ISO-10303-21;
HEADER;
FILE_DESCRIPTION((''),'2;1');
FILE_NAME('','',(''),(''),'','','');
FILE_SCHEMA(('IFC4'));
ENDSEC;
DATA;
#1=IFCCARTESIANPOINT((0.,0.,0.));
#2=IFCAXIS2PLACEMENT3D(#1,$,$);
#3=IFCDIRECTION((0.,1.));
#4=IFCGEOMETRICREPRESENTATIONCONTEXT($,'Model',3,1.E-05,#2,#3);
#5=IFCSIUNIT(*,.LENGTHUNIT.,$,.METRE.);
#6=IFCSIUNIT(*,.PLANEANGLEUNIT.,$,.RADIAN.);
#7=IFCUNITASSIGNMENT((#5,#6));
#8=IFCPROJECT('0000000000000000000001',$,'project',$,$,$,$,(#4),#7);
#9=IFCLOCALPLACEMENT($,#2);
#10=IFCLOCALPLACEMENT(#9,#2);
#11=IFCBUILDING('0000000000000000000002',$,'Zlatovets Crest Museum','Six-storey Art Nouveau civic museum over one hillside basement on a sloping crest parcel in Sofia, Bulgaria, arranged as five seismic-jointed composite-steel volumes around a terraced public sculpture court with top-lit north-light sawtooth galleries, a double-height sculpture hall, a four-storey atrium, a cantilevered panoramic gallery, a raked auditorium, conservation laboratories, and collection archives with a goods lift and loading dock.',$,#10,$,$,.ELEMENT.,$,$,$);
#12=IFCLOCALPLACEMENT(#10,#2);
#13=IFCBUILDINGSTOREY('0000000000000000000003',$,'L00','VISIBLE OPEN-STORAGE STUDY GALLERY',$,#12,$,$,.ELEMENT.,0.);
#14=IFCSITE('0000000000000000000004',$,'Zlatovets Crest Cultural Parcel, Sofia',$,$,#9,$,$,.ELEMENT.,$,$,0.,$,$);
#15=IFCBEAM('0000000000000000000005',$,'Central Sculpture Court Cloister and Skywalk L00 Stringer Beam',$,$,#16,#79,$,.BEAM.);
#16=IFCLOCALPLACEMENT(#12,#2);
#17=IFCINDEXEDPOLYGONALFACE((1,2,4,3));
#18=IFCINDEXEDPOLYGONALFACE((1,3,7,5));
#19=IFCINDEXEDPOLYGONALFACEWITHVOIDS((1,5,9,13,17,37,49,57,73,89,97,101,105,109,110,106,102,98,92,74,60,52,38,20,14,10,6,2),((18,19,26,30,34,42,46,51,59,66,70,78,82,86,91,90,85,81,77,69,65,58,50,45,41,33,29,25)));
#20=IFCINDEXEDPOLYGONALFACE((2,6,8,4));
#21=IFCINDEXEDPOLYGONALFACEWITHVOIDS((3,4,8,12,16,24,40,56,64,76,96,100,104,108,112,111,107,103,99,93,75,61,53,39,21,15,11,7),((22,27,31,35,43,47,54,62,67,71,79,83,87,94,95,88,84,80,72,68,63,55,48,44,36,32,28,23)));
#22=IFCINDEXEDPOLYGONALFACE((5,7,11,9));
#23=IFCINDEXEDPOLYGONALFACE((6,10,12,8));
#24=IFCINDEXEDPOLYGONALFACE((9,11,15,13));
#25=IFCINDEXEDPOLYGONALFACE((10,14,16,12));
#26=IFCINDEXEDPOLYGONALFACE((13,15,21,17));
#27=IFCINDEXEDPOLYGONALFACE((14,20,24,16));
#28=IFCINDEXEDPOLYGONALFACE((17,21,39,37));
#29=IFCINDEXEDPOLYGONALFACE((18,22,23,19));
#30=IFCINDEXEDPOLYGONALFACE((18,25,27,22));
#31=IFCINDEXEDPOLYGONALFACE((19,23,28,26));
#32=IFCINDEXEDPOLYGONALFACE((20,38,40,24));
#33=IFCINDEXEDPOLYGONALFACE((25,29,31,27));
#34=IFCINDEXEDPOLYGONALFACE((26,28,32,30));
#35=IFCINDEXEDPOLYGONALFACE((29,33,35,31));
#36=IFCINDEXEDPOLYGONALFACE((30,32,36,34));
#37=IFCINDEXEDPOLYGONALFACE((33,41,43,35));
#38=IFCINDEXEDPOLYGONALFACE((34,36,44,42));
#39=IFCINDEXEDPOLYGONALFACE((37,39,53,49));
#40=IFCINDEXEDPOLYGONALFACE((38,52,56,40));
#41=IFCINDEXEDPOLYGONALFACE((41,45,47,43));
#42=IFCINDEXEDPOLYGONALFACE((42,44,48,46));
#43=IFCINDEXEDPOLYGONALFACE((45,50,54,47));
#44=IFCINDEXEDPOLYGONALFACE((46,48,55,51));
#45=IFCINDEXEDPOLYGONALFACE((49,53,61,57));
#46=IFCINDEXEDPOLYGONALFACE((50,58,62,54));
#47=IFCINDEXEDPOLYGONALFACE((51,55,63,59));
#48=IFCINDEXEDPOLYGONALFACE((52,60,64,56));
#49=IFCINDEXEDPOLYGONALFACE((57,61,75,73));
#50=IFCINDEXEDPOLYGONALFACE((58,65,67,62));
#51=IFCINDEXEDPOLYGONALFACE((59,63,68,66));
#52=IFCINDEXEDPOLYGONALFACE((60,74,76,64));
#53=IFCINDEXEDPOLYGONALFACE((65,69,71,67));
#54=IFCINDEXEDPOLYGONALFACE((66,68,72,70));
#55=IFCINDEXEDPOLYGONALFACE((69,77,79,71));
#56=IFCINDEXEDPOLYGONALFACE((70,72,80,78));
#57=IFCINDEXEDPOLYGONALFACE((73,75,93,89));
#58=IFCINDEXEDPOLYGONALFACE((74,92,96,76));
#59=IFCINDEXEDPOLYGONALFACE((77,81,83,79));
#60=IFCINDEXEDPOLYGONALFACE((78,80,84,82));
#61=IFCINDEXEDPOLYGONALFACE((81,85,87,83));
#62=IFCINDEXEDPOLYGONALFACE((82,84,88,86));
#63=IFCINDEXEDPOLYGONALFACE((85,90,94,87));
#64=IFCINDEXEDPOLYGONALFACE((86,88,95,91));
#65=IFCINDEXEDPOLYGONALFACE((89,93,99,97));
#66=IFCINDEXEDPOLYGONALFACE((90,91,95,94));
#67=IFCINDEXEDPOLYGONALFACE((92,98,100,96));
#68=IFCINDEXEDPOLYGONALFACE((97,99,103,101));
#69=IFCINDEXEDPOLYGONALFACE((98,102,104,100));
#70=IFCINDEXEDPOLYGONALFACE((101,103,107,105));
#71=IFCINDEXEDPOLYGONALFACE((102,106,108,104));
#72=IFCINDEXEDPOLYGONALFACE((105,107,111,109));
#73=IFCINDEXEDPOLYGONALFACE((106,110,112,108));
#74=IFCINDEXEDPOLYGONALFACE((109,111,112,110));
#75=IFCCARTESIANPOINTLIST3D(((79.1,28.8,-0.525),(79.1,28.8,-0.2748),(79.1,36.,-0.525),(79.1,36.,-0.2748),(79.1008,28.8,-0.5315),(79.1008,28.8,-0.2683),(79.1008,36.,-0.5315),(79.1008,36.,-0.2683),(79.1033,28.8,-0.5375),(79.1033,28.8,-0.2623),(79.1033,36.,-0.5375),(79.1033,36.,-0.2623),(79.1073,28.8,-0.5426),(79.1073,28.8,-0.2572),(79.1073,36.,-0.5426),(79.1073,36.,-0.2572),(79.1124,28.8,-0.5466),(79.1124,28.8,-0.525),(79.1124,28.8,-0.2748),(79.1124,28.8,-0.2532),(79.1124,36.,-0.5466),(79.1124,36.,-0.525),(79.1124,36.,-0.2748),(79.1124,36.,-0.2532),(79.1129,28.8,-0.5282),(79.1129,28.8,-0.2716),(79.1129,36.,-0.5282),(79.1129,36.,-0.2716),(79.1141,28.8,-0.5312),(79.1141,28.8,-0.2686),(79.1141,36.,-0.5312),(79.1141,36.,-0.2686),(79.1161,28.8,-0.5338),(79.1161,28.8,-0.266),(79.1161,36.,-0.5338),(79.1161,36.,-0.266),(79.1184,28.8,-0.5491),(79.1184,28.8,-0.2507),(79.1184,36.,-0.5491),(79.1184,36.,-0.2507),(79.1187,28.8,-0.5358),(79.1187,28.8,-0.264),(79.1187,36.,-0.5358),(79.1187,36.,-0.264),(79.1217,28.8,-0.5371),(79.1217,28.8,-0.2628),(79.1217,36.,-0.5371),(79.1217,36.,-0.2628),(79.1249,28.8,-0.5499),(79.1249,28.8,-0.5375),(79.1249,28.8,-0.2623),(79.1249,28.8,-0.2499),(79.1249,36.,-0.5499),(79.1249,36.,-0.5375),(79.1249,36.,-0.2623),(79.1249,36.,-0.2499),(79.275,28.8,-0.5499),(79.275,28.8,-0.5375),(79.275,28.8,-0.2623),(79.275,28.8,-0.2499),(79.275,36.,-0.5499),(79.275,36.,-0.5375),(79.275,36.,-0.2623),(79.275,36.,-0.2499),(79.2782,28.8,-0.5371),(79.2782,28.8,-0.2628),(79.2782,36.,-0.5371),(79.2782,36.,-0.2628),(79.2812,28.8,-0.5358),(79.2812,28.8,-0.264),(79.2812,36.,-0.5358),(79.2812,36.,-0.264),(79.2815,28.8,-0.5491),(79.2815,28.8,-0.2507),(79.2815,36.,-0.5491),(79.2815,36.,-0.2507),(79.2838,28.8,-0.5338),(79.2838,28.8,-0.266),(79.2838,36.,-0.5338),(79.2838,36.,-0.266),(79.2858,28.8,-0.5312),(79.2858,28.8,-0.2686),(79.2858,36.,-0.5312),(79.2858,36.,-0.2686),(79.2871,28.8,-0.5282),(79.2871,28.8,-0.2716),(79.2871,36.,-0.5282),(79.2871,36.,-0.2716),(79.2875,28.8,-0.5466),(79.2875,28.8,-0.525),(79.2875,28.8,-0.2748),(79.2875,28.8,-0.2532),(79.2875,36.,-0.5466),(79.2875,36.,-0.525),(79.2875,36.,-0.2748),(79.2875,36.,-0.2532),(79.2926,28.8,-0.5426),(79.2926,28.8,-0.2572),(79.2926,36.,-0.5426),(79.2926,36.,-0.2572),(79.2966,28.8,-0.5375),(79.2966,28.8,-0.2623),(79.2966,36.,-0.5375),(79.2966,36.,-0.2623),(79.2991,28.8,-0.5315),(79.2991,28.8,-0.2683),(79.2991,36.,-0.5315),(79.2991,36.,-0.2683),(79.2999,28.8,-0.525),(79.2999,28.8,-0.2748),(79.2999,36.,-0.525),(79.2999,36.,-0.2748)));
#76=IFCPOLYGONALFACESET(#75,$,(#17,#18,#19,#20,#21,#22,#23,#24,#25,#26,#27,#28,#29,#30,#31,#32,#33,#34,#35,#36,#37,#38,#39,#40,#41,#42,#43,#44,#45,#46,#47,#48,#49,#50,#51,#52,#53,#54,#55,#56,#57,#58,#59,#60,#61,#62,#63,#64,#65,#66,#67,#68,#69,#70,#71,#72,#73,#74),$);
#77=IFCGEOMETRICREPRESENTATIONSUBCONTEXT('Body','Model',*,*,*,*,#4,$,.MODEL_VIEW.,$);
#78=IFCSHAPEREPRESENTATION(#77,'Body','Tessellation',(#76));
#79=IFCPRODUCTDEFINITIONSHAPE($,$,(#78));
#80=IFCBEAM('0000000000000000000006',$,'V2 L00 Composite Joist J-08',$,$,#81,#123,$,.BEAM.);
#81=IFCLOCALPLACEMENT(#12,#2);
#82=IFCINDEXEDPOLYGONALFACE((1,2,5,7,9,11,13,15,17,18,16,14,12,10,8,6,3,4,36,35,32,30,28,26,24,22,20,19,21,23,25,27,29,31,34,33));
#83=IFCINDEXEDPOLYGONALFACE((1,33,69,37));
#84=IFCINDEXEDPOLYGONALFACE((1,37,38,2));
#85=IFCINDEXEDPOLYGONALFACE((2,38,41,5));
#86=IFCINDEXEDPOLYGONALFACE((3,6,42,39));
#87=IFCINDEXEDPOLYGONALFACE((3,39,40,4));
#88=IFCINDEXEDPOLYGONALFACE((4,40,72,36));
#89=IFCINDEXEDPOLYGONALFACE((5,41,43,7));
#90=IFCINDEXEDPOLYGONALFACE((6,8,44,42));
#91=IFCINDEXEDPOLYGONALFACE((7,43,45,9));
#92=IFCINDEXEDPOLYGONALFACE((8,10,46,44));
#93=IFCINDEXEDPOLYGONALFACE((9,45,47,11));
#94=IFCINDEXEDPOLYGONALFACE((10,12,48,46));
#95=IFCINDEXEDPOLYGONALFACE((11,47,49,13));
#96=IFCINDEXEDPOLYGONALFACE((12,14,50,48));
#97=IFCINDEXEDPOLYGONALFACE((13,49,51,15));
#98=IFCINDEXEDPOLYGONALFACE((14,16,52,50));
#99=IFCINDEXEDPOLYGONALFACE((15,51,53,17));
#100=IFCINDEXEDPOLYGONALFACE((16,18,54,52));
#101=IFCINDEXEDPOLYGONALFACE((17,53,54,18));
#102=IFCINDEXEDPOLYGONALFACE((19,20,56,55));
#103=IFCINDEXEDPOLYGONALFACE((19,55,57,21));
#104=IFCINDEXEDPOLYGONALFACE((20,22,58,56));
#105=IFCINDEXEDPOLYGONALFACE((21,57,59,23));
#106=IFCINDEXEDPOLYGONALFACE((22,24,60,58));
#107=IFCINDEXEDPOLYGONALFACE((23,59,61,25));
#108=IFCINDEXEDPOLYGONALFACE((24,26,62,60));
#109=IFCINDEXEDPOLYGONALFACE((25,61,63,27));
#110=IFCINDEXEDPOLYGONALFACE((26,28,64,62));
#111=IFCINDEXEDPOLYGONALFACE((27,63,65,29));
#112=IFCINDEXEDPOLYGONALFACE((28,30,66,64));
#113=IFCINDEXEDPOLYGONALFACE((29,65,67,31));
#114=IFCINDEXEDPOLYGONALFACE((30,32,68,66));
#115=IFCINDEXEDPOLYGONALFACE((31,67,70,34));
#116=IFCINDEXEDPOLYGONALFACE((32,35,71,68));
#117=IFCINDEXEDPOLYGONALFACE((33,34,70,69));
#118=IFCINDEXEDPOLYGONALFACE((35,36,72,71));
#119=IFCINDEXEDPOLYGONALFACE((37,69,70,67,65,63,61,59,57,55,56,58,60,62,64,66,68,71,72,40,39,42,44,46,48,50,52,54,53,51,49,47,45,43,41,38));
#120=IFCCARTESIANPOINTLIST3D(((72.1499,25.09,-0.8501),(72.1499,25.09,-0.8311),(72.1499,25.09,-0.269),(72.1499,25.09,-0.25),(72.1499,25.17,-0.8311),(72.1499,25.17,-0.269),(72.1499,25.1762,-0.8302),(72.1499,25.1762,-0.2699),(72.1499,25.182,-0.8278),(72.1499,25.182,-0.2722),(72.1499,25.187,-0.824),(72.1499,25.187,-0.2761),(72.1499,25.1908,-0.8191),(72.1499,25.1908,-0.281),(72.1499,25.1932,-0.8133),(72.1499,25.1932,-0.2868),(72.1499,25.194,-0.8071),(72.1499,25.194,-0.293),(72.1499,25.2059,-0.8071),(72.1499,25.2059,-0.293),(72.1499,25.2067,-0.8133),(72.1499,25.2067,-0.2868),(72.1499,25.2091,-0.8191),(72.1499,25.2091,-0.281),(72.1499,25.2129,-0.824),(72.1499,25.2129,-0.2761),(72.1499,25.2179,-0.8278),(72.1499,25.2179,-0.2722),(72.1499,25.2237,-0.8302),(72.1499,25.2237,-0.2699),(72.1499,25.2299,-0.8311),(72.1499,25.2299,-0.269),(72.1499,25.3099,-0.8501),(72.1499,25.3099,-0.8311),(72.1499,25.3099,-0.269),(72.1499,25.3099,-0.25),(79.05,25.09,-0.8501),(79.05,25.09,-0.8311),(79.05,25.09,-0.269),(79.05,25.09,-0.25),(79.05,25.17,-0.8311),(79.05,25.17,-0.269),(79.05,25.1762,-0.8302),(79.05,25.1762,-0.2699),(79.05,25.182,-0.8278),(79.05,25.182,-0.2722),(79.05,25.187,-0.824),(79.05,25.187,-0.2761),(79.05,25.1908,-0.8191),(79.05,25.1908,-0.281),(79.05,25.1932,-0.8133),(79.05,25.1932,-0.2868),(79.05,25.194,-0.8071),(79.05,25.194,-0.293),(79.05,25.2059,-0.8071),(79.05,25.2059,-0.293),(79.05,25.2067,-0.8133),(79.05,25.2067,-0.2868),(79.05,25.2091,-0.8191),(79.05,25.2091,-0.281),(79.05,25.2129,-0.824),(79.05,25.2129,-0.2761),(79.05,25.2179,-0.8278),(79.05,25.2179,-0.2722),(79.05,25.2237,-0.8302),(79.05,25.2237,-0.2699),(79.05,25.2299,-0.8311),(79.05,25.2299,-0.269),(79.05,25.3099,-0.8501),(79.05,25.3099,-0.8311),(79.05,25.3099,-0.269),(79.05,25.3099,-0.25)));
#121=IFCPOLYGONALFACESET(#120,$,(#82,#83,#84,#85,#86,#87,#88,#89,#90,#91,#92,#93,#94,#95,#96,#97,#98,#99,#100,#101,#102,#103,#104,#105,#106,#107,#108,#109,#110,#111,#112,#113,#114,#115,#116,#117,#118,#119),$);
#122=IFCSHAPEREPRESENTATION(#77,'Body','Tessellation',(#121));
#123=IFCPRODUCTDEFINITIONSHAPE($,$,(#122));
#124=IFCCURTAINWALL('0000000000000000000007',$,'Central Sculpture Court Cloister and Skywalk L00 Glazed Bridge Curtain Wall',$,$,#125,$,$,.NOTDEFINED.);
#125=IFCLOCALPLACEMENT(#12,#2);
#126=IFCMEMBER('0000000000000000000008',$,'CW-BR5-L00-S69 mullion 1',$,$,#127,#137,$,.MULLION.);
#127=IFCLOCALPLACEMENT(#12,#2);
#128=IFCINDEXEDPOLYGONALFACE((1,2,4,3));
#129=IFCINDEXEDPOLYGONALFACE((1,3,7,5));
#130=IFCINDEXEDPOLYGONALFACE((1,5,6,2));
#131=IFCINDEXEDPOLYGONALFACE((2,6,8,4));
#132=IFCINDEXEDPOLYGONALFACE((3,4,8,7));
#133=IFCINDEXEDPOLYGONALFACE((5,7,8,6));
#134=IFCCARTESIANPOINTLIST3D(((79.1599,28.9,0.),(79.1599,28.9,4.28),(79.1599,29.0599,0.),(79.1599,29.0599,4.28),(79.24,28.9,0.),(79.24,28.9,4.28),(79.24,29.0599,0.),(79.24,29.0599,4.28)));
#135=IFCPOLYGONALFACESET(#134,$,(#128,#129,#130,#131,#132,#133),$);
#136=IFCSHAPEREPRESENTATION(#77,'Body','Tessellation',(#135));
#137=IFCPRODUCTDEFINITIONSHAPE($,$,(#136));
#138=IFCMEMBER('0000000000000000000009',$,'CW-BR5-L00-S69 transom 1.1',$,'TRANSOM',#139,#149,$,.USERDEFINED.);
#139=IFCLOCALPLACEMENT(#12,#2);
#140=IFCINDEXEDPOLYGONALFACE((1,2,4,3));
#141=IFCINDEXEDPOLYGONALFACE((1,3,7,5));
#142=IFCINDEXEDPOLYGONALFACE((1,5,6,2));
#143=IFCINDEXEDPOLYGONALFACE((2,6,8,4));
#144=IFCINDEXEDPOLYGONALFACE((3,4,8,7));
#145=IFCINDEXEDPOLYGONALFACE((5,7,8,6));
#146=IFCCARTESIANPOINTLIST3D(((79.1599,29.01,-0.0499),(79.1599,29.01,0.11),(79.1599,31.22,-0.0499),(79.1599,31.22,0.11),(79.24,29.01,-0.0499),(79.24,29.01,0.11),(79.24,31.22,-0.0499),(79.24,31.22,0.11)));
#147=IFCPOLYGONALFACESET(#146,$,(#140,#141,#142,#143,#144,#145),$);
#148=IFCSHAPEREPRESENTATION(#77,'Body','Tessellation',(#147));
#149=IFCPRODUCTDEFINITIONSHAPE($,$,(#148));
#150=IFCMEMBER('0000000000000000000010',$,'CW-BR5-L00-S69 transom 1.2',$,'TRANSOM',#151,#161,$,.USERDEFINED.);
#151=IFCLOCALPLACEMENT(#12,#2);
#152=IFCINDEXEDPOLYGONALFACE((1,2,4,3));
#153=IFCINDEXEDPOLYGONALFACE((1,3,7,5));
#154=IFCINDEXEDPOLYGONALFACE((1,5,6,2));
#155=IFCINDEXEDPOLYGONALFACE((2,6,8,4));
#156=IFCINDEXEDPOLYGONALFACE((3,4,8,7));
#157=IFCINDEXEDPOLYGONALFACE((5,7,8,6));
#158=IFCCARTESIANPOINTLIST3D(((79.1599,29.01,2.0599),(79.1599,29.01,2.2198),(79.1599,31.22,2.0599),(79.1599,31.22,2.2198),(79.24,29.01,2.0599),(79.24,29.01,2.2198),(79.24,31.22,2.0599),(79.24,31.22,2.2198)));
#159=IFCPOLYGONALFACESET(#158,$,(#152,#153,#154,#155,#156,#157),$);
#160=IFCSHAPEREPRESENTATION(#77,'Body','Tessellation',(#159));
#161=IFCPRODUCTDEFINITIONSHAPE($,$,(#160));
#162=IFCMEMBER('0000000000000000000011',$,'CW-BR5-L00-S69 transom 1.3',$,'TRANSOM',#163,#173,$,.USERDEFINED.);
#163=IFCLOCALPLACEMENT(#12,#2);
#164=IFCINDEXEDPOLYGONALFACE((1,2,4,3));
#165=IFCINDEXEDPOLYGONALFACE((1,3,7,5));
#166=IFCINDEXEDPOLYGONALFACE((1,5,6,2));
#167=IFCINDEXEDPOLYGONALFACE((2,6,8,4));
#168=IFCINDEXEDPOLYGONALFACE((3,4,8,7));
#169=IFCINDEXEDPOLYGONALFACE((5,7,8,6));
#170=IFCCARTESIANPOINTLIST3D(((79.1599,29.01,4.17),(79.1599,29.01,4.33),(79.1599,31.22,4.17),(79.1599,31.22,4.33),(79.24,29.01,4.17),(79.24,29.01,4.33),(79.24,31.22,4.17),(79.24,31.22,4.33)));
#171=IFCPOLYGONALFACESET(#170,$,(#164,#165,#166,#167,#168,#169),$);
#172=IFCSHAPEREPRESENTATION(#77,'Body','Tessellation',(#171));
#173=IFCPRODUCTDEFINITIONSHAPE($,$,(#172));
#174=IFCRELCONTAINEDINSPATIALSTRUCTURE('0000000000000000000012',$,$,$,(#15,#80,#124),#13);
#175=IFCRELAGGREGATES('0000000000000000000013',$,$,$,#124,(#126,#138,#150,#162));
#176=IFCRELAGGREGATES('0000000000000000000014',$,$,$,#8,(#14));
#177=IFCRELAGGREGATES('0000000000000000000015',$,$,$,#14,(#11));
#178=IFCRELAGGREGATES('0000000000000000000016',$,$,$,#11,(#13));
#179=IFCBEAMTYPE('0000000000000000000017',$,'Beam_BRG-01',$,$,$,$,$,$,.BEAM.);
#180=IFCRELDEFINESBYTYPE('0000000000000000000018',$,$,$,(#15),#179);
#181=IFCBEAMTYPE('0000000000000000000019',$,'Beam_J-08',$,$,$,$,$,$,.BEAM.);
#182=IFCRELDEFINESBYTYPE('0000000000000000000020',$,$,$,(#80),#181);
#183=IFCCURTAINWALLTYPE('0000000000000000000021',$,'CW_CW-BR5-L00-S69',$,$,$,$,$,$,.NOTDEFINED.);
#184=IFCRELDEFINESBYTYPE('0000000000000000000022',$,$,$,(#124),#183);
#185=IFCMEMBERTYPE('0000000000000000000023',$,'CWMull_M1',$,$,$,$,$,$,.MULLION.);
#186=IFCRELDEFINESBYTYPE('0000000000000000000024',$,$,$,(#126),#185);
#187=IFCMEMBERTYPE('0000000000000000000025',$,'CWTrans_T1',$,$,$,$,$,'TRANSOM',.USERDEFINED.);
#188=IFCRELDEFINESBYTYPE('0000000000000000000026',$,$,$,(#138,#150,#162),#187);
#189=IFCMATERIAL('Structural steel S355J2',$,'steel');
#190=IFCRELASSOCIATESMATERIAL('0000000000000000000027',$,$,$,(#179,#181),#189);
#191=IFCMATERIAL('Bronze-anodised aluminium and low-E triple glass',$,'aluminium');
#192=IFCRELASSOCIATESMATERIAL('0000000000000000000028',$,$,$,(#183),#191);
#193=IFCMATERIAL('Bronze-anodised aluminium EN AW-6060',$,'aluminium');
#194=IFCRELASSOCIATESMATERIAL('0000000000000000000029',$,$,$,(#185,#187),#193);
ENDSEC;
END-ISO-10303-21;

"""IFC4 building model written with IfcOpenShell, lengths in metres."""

from ifc_helpers import new_model, si_unit, direction, frame, origin, origin_2d, place, context, subcontext, project, spatial, rectangle, hollow_rectangle, i_section, extrude, material, material_profile, profile_set, type_object, element, aggregate, save


model = new_model("IFC4")

# Units and contexts
model_context = context("Model", 3, precision=1e-05, world=origin(), true_north=direction((0.0, 1.0)))
body_context = subcontext(model_context, "Body", "Model", "MODEL_VIEW")
ifc_project = project(units=[si_unit("LENGTHUNIT", "METRE"), si_unit("PLANEANGLEUNIT", "RADIAN")], contexts=[model_context])

# Site, building, storey
site_placement = place(None, origin())
site = spatial("IfcSite", under=ifc_project, at=site_placement, Name="Zlatovets Crest Cultural Parcel, Sofia", CompositionType="ELEMENT", RefElevation=0.0)
building_placement = place(site_placement, origin())
building = spatial("IfcBuilding", under=site, at=building_placement, Name="Zlatovets Crest Museum", Description="Six-storey Art Nouveau civic museum over one hillside basement on a sloping crest parcel in Sofia, Bulgaria, arranged as five seismic-jointed composite-steel volumes around a terraced public sculpture court with top-lit north-light sawtooth galleries, a double-height sculpture hall, a four-storey atrium, a cantilevered panoramic gallery, a raked auditorium, conservation laboratories, and collection archives with a goods lift and loading dock.", CompositionType="ELEMENT")
storey_placement = place(building_placement, origin())
storey = spatial("IfcBuildingStorey", under=building, at=storey_placement, Name="L00", Description="VISIBLE OPEN-STORAGE STUDY GALLERY", CompositionType="ELEMENT", Elevation=0.0)

# Shared definitions
ifc_material_1 = material(Name="Structural steel S355J2", Category="steel")

# Beams
ifc_material_profile_1 = material_profile(ifc_material_1, hollow_rectangle(XDim=0.2, YDim=0.3, WallThickness=0.0125, InnerFilletRadius=0.0125, OuterFilletRadius=0.0249, at=origin_2d()), Name="RHS 200x300x12.5")
ifc_profile_set_1 = profile_set([ifc_material_profile_1], Name="Structural steel S355J2")
beam_type_1 = type_object("IfcBeamType", Name="Beam_BRG-01", PredefinedType="BEAM", material=ifc_profile_set_1)
beam_1_placement = place(storey_placement, frame((79.2, 28.8, -0.3999), z_axis=(0.0, 1.0, 0.0), x_axis=(-1.0, 0.0, 0.0)))
element("IfcBeam", 1, at=beam_1_placement, inside=storey, type_object=beam_type_1, Name="Central Sculpture Court Cloister and Skywalk L00 Stringer Beam", PredefinedType="BEAM", context=body_context, shape_type="SweptSolid", body=[
    extrude(hollow_rectangle(XDim=0.2, YDim=0.3, WallThickness=0.0125, InnerFilletRadius=0.0125, OuterFilletRadius=0.0249, at=origin_2d()), origin(), (0.0, 0.0, 1.0), 7.2),
])
ifc_material_profile_2 = material_profile(ifc_material_1, i_section(OverallWidth=0.22, OverallDepth=0.6001, WebThickness=0.012, FlangeThickness=0.019, FilletRadius=0.0239, at=origin_2d()), Name="IPE 600")
ifc_profile_set_2 = profile_set([ifc_material_profile_2], Name="Structural steel S355J2")
beam_type_2 = type_object("IfcBeamType", Name="Beam_J-08", PredefinedType="BEAM", material=ifc_profile_set_2)
beam_2_placement = place(storey_placement, frame((72.1499, 25.2, -0.55), z_axis=(1.0, 0.0, 0.0), x_axis=(0.0, 1.0, 0.0)))
element("IfcBeam", 2, at=beam_2_placement, inside=storey, type_object=beam_type_2, Name="V2 L00 Composite Joist J-08", PredefinedType="BEAM", context=body_context, shape_type="SweptSolid", body=[
    extrude(i_section(OverallWidth=0.22, OverallDepth=0.6001, WebThickness=0.012, FlangeThickness=0.019, FilletRadius=0.0239, at=origin_2d()), origin(), (0.0, 0.0, 1.0), 6.9001),
])

# Curtain wall, members
ifc_material_2 = material(Name="Bronze-anodised aluminium and low-E triple glass", Category="aluminium")
curtain_wall_type = type_object("IfcCurtainWallType", Name="CW_CW-BR5-L00-S69", PredefinedType="NOTDEFINED", material=ifc_material_2)
curtain_wall_placement = place(storey_placement, origin())
curtain_wall = element("IfcCurtainWall", 3, at=curtain_wall_placement, inside=storey, type_object=curtain_wall_type, Name="Central Sculpture Court Cloister and Skywalk L00 Glazed Bridge Curtain Wall", PredefinedType="NOTDEFINED")
ifc_material_3 = material(Name="Bronze-anodised aluminium EN AW-6060", Category="aluminium")
ifc_material_profile_3 = material_profile(ifc_material_3, rectangle(XDim=0.0801, YDim=0.1599, at=origin_2d()), Name="ALU 80x160")
ifc_profile_set_3 = profile_set([ifc_material_profile_3], Name="Bronze-anodised aluminium EN AW-6060")
member_type_1 = type_object("IfcMemberType", Name="CWMull_M1", PredefinedType="MULLION", material=ifc_profile_set_3)
member_1_placement = place(storey_placement, frame((79.2, 28.98, 0.0), z_axis=(0.0, 0.0, 1.0), x_axis=(-1.0, 0.0, 0.0)))
member_1 = element("IfcMember", 4, at=member_1_placement, type_object=member_type_1, Name="CW-BR5-L00-S69 mullion 1", PredefinedType="MULLION", context=body_context, shape_type="SweptSolid", body=[
    extrude(rectangle(XDim=0.0801, YDim=0.1599, at=origin_2d()), origin(), (0.0, 0.0, 1.0), 4.28),
])
ifc_material_profile_4 = material_profile(ifc_material_3, rectangle(XDim=0.0801, YDim=0.1599, at=origin_2d()), Name="ALU 80x160")
ifc_profile_set_4 = profile_set([ifc_material_profile_4], Name="Bronze-anodised aluminium EN AW-6060")
member_type_2 = type_object("IfcMemberType", Name="CWTrans_T1", ElementType="TRANSOM", PredefinedType="USERDEFINED", material=ifc_profile_set_4)
member_2_placement = place(storey_placement, frame((79.2, 29.01, 0.03), z_axis=(0.0, 1.0, 0.0), x_axis=(-1.0, 0.0, 0.0)))
member_2 = element("IfcMember", 5, at=member_2_placement, type_object=member_type_2, Name="CW-BR5-L00-S69 transom 1.1", ObjectType="TRANSOM", PredefinedType="USERDEFINED", context=body_context, shape_type="SweptSolid", body=[
    extrude(rectangle(XDim=0.0801, YDim=0.1599, at=origin_2d()), origin(), (0.0, 0.0, 1.0), 2.21),
])
member_3_placement = place(storey_placement, frame((79.2, 29.01, 2.1399), z_axis=(0.0, 1.0, 0.0), x_axis=(-1.0, 0.0, 0.0)))
member_3 = element("IfcMember", 6, at=member_3_placement, type_object=member_type_2, Name="CW-BR5-L00-S69 transom 1.2", ObjectType="TRANSOM", PredefinedType="USERDEFINED", context=body_context, shape_type="SweptSolid", body=[
    extrude(rectangle(XDim=0.0801, YDim=0.1599, at=origin_2d()), origin(), (0.0, 0.0, 1.0), 2.21),
])
member_4_placement = place(storey_placement, frame((79.2, 29.01, 4.25), z_axis=(0.0, 1.0, 0.0), x_axis=(-1.0, 0.0, 0.0)))
member_4 = element("IfcMember", 7, at=member_4_placement, type_object=member_type_2, Name="CW-BR5-L00-S69 transom 1.3", ObjectType="TRANSOM", PredefinedType="USERDEFINED", context=body_context, shape_type="SweptSolid", body=[
    extrude(rectangle(XDim=0.0801, YDim=0.1599, at=origin_2d()), origin(), (0.0, 0.0, 1.0), 2.21),
])
aggregate(curtain_wall, [member_1, member_2, member_3, member_4])

save(model, "model.ifc")
